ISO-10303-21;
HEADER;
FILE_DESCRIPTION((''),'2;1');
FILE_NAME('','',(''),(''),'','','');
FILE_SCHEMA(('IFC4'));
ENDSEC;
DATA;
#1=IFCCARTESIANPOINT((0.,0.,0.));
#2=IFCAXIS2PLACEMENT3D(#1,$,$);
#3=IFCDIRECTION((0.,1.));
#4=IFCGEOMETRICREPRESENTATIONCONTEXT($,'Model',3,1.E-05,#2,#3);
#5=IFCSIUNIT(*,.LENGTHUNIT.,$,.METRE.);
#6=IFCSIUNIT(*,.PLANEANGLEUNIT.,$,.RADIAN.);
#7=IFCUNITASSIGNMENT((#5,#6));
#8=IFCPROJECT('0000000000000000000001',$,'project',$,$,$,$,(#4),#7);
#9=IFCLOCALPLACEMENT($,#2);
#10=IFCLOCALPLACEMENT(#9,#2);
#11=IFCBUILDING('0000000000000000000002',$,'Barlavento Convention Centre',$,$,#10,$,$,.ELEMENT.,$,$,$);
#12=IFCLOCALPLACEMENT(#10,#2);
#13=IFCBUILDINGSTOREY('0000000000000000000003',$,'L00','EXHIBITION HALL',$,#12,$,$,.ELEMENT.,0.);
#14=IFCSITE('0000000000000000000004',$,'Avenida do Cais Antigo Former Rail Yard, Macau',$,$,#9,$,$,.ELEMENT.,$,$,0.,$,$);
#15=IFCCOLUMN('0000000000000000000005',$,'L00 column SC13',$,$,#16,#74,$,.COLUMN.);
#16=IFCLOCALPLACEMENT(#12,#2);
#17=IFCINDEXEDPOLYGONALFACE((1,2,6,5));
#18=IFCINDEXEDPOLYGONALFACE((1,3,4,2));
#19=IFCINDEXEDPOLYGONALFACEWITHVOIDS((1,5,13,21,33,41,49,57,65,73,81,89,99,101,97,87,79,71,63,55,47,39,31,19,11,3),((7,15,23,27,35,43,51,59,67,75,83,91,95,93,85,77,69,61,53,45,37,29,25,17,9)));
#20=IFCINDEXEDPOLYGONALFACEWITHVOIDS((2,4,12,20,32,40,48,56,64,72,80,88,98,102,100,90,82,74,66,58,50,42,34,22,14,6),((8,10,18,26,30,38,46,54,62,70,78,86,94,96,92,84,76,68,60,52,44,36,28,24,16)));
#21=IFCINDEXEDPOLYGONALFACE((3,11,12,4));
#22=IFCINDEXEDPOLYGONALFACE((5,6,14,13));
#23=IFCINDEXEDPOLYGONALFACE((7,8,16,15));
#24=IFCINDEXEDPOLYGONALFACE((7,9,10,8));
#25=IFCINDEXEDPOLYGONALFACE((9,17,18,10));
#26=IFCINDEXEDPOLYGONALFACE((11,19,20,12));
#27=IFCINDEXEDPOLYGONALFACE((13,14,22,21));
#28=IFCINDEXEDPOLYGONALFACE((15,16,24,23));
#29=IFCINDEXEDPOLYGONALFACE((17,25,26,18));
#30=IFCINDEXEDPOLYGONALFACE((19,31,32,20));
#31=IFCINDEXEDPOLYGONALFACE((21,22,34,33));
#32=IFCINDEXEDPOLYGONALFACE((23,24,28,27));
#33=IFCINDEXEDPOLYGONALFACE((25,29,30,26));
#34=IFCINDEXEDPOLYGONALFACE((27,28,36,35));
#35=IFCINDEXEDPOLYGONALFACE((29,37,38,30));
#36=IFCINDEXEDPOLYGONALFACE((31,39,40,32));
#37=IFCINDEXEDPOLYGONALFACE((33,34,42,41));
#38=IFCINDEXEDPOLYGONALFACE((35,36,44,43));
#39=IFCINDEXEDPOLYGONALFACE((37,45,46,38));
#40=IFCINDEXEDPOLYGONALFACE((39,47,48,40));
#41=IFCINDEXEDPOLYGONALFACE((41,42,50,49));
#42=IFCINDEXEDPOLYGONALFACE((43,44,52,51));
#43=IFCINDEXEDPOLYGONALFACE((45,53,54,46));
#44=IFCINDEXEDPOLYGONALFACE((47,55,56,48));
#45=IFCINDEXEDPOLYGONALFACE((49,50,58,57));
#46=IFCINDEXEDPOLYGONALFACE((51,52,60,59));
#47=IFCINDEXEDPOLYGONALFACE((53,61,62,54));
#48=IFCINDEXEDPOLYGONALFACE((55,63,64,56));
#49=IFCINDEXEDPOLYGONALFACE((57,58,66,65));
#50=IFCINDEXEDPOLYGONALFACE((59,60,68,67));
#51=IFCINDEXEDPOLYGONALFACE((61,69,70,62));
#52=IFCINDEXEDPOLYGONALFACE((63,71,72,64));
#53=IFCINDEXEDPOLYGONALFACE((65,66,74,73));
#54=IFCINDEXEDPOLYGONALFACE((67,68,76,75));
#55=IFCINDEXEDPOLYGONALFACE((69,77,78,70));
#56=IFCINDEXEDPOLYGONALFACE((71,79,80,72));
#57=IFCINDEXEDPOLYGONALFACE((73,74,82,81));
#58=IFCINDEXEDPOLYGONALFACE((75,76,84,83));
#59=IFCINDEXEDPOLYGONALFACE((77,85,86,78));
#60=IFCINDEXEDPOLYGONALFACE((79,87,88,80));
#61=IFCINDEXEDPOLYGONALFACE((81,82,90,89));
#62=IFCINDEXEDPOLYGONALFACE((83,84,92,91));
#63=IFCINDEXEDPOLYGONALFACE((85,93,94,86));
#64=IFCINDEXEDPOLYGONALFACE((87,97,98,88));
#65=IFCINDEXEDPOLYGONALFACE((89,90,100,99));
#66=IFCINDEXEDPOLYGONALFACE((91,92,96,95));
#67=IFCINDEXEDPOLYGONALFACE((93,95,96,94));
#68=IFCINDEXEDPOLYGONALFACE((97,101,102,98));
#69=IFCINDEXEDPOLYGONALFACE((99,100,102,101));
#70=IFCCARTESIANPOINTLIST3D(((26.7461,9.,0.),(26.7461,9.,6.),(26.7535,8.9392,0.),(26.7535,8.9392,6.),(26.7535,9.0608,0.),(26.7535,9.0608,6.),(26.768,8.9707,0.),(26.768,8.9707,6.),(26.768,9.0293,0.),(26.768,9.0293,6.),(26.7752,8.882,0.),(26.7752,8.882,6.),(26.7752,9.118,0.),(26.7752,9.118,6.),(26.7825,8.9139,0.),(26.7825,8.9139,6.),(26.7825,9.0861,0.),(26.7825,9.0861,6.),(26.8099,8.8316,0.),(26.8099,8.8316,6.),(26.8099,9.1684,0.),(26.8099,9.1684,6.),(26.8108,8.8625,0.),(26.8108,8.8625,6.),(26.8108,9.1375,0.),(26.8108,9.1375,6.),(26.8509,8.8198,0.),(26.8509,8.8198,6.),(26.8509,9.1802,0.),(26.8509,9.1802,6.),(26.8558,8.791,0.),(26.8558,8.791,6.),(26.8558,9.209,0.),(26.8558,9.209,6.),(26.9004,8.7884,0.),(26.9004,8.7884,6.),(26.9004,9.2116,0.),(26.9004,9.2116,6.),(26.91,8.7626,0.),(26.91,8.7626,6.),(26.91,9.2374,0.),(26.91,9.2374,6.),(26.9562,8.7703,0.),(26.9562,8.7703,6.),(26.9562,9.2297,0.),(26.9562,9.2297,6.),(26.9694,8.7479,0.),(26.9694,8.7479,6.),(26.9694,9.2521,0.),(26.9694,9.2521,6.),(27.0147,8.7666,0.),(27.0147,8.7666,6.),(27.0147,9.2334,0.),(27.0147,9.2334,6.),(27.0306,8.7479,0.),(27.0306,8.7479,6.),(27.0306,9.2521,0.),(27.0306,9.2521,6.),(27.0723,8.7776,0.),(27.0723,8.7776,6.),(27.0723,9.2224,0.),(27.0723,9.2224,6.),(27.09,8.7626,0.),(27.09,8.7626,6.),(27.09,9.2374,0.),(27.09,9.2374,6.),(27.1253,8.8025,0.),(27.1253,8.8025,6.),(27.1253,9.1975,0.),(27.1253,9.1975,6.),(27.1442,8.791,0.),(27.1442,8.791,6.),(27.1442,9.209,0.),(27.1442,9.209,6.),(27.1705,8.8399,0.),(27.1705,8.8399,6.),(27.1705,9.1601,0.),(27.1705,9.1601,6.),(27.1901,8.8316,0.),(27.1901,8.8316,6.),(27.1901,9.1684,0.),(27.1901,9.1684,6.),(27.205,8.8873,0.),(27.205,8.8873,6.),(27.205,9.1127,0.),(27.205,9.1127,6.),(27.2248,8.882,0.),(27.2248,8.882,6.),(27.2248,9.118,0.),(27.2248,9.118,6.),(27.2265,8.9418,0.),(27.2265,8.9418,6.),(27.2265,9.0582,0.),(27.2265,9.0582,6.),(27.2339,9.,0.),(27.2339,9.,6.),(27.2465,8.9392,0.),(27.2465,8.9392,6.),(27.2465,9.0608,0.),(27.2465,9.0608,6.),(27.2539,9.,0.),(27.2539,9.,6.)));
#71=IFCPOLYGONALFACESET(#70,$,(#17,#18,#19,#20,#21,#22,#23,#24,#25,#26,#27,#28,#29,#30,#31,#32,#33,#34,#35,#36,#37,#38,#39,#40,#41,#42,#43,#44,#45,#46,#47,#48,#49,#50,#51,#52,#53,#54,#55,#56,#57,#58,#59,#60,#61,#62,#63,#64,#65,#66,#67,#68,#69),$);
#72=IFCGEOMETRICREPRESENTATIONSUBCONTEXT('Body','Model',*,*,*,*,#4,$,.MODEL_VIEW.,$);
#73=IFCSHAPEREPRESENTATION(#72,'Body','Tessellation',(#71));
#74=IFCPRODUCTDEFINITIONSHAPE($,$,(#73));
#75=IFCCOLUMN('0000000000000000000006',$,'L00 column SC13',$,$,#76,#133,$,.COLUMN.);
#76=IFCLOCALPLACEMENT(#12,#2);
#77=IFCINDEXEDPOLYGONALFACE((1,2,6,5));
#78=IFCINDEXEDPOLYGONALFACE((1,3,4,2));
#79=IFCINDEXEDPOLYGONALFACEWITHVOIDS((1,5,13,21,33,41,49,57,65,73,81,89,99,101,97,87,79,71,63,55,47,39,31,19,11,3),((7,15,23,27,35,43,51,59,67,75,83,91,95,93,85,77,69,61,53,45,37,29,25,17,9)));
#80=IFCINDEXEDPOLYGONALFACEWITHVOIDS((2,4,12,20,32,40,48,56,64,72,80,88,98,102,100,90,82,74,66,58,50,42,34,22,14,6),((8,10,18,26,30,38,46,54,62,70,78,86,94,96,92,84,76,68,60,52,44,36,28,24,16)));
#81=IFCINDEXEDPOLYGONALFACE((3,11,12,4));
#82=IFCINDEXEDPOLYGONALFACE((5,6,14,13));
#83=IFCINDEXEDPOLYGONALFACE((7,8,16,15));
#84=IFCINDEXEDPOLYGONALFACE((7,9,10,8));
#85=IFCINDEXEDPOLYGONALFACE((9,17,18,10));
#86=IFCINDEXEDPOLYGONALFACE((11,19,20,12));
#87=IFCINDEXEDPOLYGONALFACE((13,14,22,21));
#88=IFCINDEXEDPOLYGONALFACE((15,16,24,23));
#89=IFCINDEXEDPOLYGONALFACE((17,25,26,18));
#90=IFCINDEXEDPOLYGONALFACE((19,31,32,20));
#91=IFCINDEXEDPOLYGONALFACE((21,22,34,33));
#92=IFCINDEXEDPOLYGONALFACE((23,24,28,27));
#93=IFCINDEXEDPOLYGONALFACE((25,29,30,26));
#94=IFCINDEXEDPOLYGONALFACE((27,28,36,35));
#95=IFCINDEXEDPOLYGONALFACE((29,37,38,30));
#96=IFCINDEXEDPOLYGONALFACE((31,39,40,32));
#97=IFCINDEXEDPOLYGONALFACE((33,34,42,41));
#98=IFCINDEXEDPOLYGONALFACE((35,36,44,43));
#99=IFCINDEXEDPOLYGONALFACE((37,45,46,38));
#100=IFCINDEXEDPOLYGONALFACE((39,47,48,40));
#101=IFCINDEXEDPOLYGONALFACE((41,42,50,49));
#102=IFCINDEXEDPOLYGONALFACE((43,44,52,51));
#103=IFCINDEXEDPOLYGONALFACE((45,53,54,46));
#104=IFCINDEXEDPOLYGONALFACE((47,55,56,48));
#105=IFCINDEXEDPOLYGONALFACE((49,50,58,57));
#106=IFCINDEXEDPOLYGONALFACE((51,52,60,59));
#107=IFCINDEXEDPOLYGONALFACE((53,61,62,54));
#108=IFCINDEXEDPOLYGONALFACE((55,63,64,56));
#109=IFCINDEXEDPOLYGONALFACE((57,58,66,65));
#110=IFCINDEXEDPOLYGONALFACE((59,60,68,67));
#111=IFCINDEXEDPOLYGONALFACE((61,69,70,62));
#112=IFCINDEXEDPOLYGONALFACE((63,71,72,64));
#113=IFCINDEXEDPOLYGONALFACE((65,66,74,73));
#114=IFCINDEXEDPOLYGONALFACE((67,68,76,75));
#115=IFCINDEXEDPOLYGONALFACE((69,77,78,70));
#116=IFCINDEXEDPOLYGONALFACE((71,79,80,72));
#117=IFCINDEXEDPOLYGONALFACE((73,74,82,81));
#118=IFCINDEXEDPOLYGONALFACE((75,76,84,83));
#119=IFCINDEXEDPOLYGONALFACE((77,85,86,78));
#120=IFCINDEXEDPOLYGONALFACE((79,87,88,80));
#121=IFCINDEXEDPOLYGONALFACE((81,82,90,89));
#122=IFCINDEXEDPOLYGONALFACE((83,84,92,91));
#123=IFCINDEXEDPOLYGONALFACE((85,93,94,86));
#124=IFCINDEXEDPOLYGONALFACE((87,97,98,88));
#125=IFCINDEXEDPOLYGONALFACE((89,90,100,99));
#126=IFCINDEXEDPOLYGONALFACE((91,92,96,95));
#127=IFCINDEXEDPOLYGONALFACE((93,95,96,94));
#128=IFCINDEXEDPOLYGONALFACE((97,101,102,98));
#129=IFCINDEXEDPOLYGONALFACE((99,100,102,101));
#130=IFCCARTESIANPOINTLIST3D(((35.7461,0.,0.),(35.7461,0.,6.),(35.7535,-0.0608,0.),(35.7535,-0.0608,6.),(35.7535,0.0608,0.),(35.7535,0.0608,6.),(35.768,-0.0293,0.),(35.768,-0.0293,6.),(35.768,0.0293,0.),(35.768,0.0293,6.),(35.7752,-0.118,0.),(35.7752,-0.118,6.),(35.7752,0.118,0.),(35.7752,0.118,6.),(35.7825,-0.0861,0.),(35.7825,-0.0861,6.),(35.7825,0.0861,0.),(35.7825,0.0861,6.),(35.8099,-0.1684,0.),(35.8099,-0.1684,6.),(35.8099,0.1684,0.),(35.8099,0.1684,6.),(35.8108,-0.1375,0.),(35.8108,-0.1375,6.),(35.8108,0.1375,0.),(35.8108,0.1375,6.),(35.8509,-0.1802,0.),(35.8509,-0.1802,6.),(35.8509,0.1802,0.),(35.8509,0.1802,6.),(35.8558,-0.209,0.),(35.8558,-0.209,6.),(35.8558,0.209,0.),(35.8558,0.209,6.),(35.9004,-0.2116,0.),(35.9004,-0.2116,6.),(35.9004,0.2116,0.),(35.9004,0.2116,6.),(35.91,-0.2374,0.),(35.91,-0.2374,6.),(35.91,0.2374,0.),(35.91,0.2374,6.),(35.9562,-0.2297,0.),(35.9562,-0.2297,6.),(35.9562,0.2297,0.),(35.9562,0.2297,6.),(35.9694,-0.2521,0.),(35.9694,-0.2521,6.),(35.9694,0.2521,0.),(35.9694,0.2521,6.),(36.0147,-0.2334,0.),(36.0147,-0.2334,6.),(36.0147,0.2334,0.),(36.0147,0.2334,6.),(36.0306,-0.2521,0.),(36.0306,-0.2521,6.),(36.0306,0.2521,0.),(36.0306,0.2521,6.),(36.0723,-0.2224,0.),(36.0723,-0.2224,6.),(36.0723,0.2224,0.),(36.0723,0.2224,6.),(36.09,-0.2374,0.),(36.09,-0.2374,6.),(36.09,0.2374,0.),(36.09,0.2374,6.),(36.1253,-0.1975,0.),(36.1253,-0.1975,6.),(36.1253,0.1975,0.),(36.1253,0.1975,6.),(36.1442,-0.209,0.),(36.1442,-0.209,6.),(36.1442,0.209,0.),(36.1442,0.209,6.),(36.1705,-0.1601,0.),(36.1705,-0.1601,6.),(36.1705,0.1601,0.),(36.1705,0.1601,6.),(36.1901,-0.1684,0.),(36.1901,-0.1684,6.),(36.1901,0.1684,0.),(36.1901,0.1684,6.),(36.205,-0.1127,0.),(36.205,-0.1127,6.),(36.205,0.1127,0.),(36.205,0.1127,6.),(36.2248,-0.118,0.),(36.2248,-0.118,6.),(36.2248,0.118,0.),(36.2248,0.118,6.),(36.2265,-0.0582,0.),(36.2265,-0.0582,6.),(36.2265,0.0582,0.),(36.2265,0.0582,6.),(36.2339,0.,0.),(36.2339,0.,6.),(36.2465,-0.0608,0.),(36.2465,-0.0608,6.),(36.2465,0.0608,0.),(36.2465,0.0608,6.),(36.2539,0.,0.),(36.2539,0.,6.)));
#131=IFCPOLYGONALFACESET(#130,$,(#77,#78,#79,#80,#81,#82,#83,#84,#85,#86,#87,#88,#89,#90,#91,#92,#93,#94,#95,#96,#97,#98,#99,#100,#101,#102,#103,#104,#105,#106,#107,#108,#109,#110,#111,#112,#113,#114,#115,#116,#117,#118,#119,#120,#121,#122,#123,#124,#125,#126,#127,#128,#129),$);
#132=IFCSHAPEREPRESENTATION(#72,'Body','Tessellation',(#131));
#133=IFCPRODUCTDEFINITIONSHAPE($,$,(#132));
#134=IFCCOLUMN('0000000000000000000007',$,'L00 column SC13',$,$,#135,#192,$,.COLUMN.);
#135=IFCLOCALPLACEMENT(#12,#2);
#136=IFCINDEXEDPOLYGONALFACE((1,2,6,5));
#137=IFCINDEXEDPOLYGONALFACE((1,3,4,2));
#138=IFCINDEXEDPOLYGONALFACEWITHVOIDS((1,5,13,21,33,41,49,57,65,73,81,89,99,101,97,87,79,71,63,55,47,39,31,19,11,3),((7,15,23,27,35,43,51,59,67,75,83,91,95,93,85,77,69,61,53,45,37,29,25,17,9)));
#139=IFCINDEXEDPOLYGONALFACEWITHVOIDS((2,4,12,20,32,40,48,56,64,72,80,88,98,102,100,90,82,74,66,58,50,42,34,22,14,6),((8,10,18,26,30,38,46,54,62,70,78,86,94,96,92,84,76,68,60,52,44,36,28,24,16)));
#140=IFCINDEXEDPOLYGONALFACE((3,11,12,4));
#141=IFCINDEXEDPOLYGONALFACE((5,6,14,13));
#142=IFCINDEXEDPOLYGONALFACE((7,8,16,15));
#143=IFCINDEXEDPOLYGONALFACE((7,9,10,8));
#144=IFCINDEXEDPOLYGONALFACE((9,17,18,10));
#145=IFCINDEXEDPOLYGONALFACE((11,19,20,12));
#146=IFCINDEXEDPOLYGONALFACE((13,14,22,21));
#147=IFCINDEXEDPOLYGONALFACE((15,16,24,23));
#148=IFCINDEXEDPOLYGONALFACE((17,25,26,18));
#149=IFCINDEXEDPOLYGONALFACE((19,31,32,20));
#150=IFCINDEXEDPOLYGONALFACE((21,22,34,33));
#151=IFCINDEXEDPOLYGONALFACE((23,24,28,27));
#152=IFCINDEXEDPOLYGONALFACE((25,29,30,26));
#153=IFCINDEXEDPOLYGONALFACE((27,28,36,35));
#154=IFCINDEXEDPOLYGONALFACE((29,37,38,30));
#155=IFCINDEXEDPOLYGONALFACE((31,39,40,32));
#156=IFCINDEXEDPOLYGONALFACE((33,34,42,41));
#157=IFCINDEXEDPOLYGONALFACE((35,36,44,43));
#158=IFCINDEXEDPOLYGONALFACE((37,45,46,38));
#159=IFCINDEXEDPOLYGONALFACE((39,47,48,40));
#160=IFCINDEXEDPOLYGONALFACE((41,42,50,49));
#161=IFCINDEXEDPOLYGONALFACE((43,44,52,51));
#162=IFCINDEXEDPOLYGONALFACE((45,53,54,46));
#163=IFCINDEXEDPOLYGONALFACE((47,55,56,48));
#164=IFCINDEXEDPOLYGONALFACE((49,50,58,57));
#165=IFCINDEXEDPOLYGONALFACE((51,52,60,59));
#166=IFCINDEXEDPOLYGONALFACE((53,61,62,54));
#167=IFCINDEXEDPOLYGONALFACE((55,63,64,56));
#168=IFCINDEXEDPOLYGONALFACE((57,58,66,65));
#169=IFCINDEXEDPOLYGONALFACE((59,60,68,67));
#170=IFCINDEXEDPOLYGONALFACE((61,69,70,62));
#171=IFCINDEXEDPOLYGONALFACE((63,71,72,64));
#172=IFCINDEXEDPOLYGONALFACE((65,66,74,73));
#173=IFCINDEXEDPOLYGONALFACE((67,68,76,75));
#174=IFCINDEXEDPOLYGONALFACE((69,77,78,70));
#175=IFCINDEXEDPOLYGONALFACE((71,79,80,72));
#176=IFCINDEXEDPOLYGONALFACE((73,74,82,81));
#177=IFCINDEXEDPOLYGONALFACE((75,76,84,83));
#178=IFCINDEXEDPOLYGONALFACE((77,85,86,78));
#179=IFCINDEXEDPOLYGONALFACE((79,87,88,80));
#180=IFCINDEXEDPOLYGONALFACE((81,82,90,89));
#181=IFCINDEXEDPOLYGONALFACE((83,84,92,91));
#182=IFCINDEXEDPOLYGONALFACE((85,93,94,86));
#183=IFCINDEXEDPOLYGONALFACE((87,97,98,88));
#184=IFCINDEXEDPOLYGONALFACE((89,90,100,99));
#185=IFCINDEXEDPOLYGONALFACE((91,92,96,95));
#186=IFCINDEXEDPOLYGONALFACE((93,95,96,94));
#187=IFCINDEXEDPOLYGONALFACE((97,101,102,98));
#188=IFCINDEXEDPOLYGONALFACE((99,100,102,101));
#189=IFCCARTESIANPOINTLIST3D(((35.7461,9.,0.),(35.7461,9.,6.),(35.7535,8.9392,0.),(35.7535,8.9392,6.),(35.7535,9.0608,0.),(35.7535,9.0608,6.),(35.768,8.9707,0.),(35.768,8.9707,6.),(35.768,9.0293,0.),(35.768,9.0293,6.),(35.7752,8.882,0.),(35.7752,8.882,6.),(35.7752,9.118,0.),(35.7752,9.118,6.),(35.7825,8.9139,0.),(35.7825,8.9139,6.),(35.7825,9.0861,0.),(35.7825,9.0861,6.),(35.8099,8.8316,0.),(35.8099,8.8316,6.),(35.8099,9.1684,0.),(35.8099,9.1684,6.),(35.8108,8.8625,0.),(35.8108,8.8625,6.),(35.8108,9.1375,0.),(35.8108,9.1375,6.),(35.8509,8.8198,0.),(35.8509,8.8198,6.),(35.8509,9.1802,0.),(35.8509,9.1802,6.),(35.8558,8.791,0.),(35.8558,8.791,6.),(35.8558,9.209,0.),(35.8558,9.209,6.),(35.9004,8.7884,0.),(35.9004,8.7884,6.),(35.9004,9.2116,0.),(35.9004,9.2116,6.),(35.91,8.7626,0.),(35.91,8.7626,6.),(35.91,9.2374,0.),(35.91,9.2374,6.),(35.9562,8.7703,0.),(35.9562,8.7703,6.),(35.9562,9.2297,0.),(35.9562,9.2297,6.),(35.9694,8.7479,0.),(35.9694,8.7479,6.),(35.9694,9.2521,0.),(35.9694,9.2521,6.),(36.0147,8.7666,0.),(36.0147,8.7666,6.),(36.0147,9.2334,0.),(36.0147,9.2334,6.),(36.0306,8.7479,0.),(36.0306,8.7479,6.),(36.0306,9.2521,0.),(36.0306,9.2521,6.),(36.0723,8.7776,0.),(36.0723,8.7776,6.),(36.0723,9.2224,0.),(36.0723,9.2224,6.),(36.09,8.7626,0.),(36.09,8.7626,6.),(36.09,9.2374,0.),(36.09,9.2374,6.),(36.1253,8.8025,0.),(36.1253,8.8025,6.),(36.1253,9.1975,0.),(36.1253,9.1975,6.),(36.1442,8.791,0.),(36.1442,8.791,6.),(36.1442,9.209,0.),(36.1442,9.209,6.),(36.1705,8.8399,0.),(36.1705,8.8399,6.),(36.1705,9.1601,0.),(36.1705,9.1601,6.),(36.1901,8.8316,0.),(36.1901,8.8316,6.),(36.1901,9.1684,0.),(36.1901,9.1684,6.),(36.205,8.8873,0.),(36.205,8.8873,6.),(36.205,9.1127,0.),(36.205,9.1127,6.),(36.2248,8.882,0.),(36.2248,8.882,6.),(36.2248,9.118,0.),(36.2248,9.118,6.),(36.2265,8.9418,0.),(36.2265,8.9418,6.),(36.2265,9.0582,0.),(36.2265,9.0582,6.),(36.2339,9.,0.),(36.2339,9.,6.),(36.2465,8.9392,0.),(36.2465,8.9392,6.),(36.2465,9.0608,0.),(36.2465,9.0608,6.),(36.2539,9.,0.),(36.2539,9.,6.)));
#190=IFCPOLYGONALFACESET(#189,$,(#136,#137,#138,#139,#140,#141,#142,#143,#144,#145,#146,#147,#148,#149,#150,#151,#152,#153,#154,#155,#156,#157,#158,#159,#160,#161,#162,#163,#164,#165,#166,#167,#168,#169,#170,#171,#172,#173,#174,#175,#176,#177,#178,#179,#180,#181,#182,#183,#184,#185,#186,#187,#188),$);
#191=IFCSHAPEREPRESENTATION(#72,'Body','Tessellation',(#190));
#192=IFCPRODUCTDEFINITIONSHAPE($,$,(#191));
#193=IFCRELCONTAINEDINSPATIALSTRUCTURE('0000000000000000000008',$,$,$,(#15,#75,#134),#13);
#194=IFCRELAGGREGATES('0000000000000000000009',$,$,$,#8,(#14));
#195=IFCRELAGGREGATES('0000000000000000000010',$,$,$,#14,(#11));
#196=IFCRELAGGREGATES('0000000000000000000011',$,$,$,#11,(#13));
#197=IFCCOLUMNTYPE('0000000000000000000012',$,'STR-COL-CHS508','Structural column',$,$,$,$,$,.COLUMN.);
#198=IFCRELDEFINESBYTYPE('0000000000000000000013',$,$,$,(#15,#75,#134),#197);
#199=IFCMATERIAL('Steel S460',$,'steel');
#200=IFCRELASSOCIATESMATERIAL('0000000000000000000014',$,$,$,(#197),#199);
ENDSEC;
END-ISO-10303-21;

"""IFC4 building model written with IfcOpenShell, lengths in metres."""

from ifc_helpers import new_model, si_unit, direction, frame, origin, origin_2d, place, context, subcontext, project, spatial, hollow_circle, extrude, material, material_profile, profile_set, type_object, element, save


model = new_model("IFC4")

# Units and contexts
model_context = context("Model", 3, precision=1e-05, world=origin(), true_north=direction((0.0, 1.0)))
body_context = subcontext(model_context, "Body", "Model", "MODEL_VIEW")
ifc_project = project(units=[si_unit("LENGTHUNIT", "METRE"), si_unit("PLANEANGLEUNIT", "RADIAN")], contexts=[model_context])

# Site, building, storey
site_placement = place(None, origin())
site = spatial("IfcSite", under=ifc_project, at=site_placement, Name="Avenida do Cais Antigo Former Rail Yard, Macau", CompositionType="ELEMENT", RefElevation=0.0)
building_placement = place(site_placement, origin())
building = spatial("IfcBuilding", under=site, at=building_placement, Name="Barlavento Convention Centre", CompositionType="ELEMENT")
storey_placement = place(building_placement, origin())
storey = spatial("IfcBuildingStorey", under=building, at=storey_placement, Name="L00", Description="EXHIBITION HALL", CompositionType="ELEMENT", Elevation=0.0)

# Columns
ifc_material_1 = material(Name="Steel S460", Category="steel")
ifc_material_profile_1 = material_profile(ifc_material_1, hollow_circle(Radius=0.2539, WallThickness=0.02, at=origin_2d()), Name="CHS 508.0x20.0")
ifc_profile_set_1 = profile_set([ifc_material_profile_1], Name="Steel S460")
column_type = type_object("IfcColumnType", Name="STR-COL-CHS508", Description="Structural column", PredefinedType="COLUMN", material=ifc_profile_set_1)
for number, where, z_axis, x_axis, name in (
    (1, (27.0, 9.0, 0.0), (0.0, 0.0, 1.0), (1.0, 0.0, 0.0), "L00 column SC13"),
    (2, (36.0, 0.0, 0.0), (0.0, 0.0, 1.0), (1.0, 0.0, 0.0), "L00 column SC13"),
    (3, (36.0, 9.0, 0.0), (0.0, 0.0, 1.0), (1.0, 0.0, 0.0), "L00 column SC13"),
):
    element("IfcColumn", number, at=place(storey_placement, frame(where, z_axis=z_axis, x_axis=x_axis)), inside=storey, type_object=column_type, Name=name, PredefinedType="COLUMN", context=body_context, shape_type="SweptSolid", body=[
        extrude(hollow_circle(Radius=0.2539, WallThickness=0.02, at=origin_2d()), origin(), (0.0, 0.0, 1.0), 6.0),
    ])

save(model, "model.ifc")
